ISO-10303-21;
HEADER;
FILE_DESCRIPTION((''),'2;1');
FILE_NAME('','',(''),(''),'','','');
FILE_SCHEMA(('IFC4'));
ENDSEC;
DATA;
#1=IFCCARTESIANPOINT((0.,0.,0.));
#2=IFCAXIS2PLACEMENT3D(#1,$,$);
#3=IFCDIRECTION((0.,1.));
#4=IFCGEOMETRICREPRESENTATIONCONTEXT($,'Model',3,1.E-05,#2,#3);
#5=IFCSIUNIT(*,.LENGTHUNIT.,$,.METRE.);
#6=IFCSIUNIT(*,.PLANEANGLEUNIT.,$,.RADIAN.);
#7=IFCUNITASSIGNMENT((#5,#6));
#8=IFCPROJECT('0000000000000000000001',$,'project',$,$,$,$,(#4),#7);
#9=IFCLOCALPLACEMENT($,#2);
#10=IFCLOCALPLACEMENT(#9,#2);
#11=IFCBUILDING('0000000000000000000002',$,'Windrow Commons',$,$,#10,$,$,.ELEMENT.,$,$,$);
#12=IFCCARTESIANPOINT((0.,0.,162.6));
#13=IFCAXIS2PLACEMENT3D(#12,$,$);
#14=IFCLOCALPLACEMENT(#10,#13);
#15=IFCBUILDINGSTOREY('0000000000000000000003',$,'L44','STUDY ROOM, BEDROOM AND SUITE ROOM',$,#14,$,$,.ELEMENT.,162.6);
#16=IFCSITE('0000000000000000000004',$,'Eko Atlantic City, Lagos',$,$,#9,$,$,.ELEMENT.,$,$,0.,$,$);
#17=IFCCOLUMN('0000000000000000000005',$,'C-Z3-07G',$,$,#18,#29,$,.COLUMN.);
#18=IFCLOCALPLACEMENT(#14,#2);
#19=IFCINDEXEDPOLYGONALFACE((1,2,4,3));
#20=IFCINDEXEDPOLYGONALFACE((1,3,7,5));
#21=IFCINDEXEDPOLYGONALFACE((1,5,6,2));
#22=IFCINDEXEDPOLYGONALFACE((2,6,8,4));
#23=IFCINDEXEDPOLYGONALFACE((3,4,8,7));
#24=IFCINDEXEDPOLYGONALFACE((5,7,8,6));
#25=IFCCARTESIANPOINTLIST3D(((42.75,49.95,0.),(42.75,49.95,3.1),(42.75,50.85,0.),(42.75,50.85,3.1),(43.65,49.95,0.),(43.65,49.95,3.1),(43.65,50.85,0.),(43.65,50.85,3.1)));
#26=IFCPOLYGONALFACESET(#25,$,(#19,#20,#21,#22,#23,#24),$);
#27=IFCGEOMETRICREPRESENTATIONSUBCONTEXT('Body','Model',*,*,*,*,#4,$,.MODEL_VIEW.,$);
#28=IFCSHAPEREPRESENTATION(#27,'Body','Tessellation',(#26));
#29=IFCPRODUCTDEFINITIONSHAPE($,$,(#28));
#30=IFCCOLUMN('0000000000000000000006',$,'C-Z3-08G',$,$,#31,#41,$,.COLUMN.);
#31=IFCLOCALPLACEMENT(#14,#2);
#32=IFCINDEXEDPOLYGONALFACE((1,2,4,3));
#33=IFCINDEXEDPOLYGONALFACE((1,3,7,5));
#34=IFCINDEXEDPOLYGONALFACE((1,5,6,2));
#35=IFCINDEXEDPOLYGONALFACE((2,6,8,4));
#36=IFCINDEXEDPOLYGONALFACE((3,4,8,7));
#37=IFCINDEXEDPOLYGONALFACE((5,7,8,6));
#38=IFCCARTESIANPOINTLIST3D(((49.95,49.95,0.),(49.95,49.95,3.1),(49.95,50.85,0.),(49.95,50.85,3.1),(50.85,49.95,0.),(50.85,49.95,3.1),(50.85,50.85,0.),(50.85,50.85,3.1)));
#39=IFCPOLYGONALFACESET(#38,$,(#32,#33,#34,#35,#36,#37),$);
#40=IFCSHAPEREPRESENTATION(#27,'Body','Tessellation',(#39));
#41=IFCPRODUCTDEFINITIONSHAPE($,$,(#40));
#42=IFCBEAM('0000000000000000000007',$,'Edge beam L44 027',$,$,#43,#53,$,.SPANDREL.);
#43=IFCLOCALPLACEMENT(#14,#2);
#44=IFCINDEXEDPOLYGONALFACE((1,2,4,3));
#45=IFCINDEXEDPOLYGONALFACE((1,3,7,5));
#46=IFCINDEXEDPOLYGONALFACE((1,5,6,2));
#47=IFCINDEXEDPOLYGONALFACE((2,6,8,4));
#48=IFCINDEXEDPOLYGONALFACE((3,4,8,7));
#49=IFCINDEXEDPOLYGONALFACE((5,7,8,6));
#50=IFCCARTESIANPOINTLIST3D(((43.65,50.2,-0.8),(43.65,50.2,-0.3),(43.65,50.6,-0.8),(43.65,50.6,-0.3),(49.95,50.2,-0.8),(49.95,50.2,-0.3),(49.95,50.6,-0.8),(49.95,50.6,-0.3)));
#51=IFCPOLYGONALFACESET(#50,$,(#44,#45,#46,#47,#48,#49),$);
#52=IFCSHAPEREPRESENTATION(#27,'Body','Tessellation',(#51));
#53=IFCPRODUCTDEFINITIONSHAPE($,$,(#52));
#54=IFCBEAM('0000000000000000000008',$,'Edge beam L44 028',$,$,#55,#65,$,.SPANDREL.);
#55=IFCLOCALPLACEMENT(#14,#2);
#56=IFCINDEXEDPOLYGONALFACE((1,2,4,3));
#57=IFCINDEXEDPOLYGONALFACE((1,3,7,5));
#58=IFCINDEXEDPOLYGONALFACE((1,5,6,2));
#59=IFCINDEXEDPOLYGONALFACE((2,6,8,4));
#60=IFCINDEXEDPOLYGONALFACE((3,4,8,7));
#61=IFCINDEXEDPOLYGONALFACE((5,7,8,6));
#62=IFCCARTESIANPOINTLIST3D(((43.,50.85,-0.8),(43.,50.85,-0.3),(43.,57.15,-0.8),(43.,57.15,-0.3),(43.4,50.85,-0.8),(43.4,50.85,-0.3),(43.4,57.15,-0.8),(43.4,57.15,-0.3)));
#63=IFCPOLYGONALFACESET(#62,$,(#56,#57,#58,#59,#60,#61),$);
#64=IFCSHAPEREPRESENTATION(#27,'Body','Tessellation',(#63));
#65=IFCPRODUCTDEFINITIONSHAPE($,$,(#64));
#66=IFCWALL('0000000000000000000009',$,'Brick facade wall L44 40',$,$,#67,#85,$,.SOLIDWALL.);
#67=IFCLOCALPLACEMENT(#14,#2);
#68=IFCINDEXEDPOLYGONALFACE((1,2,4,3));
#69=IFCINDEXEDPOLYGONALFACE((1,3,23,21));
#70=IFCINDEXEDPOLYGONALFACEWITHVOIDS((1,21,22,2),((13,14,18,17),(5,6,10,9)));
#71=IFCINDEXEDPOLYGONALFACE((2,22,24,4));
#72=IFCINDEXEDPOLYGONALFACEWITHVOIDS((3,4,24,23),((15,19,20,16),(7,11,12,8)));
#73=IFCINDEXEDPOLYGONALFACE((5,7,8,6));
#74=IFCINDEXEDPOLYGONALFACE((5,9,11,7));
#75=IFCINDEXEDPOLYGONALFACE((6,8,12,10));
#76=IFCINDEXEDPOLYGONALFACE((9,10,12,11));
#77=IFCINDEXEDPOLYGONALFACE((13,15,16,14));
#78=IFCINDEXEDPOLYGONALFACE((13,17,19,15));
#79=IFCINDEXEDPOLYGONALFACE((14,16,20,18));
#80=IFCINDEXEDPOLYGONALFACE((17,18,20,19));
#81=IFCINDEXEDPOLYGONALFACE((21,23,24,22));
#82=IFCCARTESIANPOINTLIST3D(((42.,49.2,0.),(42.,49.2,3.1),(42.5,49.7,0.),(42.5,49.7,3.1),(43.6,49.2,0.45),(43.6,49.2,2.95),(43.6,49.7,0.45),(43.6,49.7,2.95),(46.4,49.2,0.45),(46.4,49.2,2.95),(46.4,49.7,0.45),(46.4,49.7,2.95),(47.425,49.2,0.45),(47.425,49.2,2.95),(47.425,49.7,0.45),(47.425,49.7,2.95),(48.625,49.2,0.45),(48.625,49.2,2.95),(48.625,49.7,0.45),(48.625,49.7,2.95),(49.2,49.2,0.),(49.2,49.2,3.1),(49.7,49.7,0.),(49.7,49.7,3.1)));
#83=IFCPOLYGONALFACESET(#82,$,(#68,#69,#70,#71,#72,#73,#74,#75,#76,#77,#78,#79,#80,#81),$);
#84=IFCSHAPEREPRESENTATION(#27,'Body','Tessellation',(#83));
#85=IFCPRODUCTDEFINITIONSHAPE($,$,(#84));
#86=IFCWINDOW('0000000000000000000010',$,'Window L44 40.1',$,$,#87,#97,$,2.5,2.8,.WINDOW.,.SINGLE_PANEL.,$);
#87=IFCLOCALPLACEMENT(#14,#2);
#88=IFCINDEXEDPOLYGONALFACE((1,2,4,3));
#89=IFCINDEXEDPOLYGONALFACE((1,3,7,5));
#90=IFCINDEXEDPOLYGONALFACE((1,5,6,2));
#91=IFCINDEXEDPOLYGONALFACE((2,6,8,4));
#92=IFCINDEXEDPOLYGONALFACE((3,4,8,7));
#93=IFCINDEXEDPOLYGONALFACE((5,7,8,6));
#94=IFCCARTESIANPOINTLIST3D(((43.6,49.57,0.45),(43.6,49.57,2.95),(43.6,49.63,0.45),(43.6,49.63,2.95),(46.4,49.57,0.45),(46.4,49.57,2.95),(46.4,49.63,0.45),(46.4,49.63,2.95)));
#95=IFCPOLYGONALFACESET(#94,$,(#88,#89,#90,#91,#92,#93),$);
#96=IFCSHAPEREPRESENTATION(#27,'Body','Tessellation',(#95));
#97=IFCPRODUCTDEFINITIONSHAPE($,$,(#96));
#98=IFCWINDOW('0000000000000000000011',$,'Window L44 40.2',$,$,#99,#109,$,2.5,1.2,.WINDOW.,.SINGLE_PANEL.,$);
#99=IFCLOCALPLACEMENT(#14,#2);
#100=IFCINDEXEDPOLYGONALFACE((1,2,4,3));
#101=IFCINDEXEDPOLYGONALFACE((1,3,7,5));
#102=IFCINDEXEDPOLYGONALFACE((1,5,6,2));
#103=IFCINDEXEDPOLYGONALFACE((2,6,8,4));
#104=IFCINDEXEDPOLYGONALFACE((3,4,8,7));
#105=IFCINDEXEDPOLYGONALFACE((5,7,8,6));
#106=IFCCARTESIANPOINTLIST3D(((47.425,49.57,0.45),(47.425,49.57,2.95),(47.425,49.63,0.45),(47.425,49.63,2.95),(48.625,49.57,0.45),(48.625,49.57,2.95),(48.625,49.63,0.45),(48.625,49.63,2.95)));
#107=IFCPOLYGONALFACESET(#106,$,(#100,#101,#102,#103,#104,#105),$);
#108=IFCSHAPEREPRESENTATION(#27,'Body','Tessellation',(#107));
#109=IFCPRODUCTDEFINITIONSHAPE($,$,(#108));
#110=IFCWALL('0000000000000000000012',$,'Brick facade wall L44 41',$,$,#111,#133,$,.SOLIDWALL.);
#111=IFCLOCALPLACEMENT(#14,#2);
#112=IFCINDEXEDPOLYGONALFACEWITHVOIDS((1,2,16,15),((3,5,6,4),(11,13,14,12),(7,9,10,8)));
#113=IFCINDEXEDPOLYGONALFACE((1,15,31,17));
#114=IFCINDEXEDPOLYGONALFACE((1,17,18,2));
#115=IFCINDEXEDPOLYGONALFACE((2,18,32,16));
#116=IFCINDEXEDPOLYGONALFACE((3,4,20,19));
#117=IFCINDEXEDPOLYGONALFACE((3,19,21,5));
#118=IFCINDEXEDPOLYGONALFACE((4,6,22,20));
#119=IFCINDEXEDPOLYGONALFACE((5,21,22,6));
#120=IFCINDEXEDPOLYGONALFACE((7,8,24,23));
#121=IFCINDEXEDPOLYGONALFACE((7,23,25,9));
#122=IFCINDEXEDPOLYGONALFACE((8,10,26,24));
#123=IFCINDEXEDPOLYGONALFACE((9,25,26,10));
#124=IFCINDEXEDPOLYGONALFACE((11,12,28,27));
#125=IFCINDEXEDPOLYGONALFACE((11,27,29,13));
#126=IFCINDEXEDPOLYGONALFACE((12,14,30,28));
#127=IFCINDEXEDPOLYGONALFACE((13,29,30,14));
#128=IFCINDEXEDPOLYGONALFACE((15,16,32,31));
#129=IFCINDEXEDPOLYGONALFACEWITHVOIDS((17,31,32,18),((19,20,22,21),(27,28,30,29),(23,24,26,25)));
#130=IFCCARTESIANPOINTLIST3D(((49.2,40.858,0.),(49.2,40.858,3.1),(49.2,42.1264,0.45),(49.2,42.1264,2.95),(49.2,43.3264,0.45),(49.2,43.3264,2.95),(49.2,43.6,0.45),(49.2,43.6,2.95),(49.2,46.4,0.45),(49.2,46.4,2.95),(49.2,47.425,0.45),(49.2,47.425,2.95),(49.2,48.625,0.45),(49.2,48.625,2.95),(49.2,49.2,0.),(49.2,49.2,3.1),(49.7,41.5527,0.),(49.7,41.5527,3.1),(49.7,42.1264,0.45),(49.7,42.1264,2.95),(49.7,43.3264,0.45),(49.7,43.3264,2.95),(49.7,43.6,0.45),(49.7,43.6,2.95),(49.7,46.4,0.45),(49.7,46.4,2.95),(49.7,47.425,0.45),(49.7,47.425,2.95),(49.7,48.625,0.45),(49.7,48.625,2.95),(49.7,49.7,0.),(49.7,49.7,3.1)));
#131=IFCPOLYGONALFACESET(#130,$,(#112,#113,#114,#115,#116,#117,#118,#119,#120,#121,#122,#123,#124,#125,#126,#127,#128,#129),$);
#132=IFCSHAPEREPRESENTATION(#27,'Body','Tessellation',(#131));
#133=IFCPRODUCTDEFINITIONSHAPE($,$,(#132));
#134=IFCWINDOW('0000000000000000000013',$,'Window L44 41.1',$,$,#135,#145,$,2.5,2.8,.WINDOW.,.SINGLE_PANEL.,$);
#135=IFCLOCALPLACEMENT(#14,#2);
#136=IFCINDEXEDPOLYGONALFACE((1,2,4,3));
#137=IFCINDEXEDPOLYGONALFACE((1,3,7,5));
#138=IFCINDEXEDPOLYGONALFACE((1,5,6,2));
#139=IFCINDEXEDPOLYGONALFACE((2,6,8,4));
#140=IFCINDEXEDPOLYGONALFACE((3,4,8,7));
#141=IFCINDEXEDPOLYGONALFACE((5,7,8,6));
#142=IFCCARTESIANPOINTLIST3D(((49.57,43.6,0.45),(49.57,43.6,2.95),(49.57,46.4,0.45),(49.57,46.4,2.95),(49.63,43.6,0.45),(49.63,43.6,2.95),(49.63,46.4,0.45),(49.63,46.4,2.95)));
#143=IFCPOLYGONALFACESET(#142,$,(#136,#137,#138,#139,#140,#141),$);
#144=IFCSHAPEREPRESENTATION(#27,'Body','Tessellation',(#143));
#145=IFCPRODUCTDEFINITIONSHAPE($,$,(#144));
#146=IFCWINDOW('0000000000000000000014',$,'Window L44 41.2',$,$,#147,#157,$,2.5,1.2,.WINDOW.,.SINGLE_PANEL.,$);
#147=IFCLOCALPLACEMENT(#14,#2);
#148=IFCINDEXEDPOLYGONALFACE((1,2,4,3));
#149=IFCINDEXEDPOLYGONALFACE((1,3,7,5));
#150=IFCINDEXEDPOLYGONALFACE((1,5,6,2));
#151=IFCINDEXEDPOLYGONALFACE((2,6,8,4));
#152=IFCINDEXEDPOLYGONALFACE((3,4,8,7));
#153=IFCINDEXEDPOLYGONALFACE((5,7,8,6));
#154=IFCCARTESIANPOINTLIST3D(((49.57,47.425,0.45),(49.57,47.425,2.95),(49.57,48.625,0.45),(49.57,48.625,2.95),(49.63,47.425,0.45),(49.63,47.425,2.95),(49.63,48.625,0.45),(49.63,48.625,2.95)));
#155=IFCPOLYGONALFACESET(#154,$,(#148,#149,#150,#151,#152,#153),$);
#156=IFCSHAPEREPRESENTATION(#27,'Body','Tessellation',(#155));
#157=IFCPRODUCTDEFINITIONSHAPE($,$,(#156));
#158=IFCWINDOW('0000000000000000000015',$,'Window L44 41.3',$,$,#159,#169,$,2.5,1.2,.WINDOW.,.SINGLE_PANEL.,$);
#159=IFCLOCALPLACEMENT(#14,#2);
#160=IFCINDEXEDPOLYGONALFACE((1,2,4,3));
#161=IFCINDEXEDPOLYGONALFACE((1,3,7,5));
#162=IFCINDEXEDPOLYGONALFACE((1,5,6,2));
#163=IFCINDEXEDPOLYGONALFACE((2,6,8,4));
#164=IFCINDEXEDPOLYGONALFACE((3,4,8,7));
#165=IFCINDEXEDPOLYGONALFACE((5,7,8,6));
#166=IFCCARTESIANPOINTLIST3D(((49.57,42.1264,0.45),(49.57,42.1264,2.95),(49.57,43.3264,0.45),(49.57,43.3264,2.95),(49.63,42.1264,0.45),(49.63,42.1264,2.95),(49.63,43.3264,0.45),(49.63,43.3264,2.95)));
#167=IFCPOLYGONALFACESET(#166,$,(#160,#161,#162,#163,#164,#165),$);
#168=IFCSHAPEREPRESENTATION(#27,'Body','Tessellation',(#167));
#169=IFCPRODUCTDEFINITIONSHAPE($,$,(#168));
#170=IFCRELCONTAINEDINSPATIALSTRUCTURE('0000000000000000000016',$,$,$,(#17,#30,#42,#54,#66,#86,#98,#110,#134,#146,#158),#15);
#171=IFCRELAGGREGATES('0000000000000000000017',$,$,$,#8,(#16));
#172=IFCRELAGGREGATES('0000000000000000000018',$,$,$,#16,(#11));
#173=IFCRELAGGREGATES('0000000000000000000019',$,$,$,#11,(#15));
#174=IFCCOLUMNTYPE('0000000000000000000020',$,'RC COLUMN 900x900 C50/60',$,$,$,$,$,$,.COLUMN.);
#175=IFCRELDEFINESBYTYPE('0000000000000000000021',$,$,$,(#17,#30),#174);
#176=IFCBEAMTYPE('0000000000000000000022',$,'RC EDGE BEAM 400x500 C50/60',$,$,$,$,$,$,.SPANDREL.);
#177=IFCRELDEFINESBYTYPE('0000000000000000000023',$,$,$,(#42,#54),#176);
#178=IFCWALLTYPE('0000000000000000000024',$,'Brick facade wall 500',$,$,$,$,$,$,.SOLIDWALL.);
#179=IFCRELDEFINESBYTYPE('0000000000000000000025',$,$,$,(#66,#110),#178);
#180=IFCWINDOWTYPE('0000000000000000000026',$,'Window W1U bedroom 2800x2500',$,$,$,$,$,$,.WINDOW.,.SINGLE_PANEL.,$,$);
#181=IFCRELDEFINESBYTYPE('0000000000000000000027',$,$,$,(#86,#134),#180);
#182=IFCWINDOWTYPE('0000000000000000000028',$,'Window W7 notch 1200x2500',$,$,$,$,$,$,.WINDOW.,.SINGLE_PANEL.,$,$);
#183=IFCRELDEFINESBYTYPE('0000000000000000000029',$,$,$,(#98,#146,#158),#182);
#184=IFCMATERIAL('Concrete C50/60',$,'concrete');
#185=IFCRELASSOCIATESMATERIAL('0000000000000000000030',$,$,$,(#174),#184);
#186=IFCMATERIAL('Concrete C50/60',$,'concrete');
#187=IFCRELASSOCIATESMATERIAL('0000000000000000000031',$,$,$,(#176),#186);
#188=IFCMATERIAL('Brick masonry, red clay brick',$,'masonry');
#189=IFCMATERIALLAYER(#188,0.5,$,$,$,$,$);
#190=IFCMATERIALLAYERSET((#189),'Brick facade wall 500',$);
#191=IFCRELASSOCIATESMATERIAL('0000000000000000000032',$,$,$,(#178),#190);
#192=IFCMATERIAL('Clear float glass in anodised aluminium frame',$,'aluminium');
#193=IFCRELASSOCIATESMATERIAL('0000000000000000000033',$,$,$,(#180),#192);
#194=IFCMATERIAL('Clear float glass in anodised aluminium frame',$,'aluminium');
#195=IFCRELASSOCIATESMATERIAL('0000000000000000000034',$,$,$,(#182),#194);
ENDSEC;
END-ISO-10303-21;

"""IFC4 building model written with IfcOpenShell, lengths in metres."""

from ifc_helpers import new_model, si_unit, direction, frame, frame_2d, origin, origin_2d, place, context, subcontext, project, spatial, polyline, rectangle, outline, extrude, material, layer, layer_set, material_profile, profile_set, type_object, element, fill, save


model = new_model("IFC4")

# Units and contexts
model_context = context("Model", 3, precision=1e-05, world=origin(), true_north=direction((0.0, 1.0)))
body_context = subcontext(model_context, "Body", "Model", "MODEL_VIEW")
ifc_project = project(units=[si_unit("LENGTHUNIT", "METRE"), si_unit("PLANEANGLEUNIT", "RADIAN")], contexts=[model_context])

# Site, building, storey
site_placement = place(None, origin())
site = spatial("IfcSite", under=ifc_project, at=site_placement, Name="Eko Atlantic City, Lagos", CompositionType="ELEMENT", RefElevation=0.0)
building_placement = place(site_placement, origin())
building = spatial("IfcBuilding", under=site, at=building_placement, Name="Windrow Commons", CompositionType="ELEMENT")
storey_placement = place(building_placement, frame((0.0, 0.0, 162.6)))
storey = spatial("IfcBuildingStorey", under=building, at=storey_placement, Name="L44", Description="STUDY ROOM, BEDROOM AND SUITE ROOM", CompositionType="ELEMENT", Elevation=162.6)

# Columns
ifc_material_1 = material(Name="Concrete C50/60", Category="concrete")
ifc_material_profile_1 = material_profile(ifc_material_1, rectangle(XDim=0.9, YDim=0.9, at=origin_2d()))
ifc_profile_set_1 = profile_set([ifc_material_profile_1], Name="Concrete C50/60")
column_type = type_object("IfcColumnType", Name="RC COLUMN 900x900 C50/60", PredefinedType="COLUMN", material=ifc_profile_set_1)
for number, where, z_axis, x_axis, name in (
    (1, (43.2, 50.4, 0.0), (0.0, 0.0, 1.0), (1.0, 0.0, 0.0), "C-Z3-07G"),
    (2, (50.4, 50.4, 0.0), (0.0, 0.0, 1.0), (1.0, 0.0, 0.0), "C-Z3-08G"),
):
    element("IfcColumn", number, at=place(storey_placement, frame(where, z_axis=z_axis, x_axis=x_axis)), inside=storey, type_object=column_type, Name=name, PredefinedType="COLUMN", context=body_context, shape_type="SweptSolid", body=[
        extrude(rectangle(XDim=0.9, YDim=0.9, at=origin_2d()), origin(), (0.0, 0.0, 1.0), 3.1),
    ])

# Beams
ifc_material_2 = material(Name="Concrete C50/60", Category="concrete")
ifc_material_profile_2 = material_profile(ifc_material_2, rectangle(XDim=0.4, YDim=0.5, at=origin_2d()))
ifc_profile_set_2 = profile_set([ifc_material_profile_2], Name="Concrete C50/60")
beam_type = type_object("IfcBeamType", Name="RC EDGE BEAM 400x500 C50/60", PredefinedType="SPANDREL", material=ifc_profile_set_2)
for number, where, z_axis, x_axis, name in (
    (3, (49.95, 50.4, -0.55), (-1.0, 0.0, 0.0), (0.0, -1.0, 0.0), "Edge beam L44 027"),
    (4, (43.2, 50.85, -0.55), (0.0, 1.0, 0.0), (-1.0, 0.0, 0.0), "Edge beam L44 028"),
):
    element("IfcBeam", number, at=place(storey_placement, frame(where, z_axis=z_axis, x_axis=x_axis)), inside=storey, type_object=beam_type, Name=name, PredefinedType="SPANDREL", context=body_context, shape_type="SweptSolid", body=[
        extrude(rectangle(XDim=0.4, YDim=0.5, at=origin_2d()), origin(), (0.0, 0.0, 1.0), 6.3),
    ])

# Walls, openings, windows
ifc_material_3 = material(Name="Brick masonry, red clay brick", Category="masonry")
ifc_layer_1 = layer(ifc_material_3, 0.5)
ifc_layer_set_1 = layer_set([ifc_layer_1], Name="Brick facade wall 500")
wall_type_1 = type_object("IfcWallType", Name="Brick facade wall 500", PredefinedType="SOLIDWALL", material=ifc_layer_set_1)
wall_1_placement = place(storey_placement, frame((42.25, 49.45, 0.0), z_axis=(0.0, 0.0, 1.0), x_axis=(1.0, 0.0, 0.0)))
wall_1 = element("IfcWall", 5, at=wall_1_placement, inside=storey, type_object=wall_type_1, Name="Brick facade wall L44 40", PredefinedType="SOLIDWALL", context=body_context, shape_type="SweptSolid", body=[
    extrude(outline(polyline([(-0.25, -0.25), (6.95, -0.25), (7.45, 0.25), (0.25, 0.25), (-0.25, -0.25)])), origin(), (0.0, 0.0, 1.0), 3.1),
])
opening_1_placement = place(wall_1_placement, frame((1.35, 0.0, 0.45)))
opening_1 = element("IfcOpeningElement", 6, at=opening_1_placement, cuts=wall_1, PredefinedType="OPENING", context=body_context, shape_type="SweptSolid", body=[
    extrude(rectangle(XDim=2.8, YDim=2.5, at=frame_2d((1.4, 1.25))), frame((0.0, 0.26, 0.0), z_axis=(0.0, -1.0, 0.0), x_axis=(1.0, 0.0, 0.0)), (0.0, 0.0, 1.0), 0.52),
])
opening_2_placement = place(wall_1_placement, frame((5.175, 0.0, 0.45)))
opening_2 = element("IfcOpeningElement", 7, at=opening_2_placement, cuts=wall_1, PredefinedType="OPENING", context=body_context, shape_type="SweptSolid", body=[
    extrude(rectangle(XDim=1.2, YDim=2.5, at=frame_2d((0.6, 1.25))), frame((0.0, 0.26, 0.0), z_axis=(0.0, -1.0, 0.0), x_axis=(1.0, 0.0, 0.0)), (0.0, 0.0, 1.0), 0.52),
])
ifc_material_4 = material(Name="Clear float glass in anodised aluminium frame", Category="aluminium")
window_type_1 = type_object("IfcWindowType", Name="Window W1U bedroom 2800x2500", PartitioningType="SINGLE_PANEL", PredefinedType="WINDOW", material=ifc_material_4)
window_1_placement = place(opening_1_placement, origin())
window_1 = element("IfcWindow", 8, at=window_1_placement, inside=storey, type_object=window_type_1, Name="Window L44 40.1", OverallHeight=2.5, OverallWidth=2.8, PartitioningType="SINGLE_PANEL", PredefinedType="WINDOW", context=body_context, shape_type="SweptSolid", body=[
    extrude(rectangle(XDim=2.8, YDim=2.5, at=frame_2d((1.4, 1.25))), frame((0.0, 0.18, 0.0), z_axis=(0.0, -1.0, 0.0), x_axis=(1.0, 0.0, 0.0)), (0.0, 0.0, 1.0), 0.06),
])
fill(opening_1, window_1)
ifc_material_5 = material(Name="Clear float glass in anodised aluminium frame", Category="aluminium")
window_type_2 = type_object("IfcWindowType", Name="Window W7 notch 1200x2500", PartitioningType="SINGLE_PANEL", PredefinedType="WINDOW", material=ifc_material_5)
window_2_placement = place(opening_2_placement, origin())
window_2 = element("IfcWindow", 9, at=window_2_placement, inside=storey, type_object=window_type_2, Name="Window L44 40.2", OverallHeight=2.5, OverallWidth=1.2, PartitioningType="SINGLE_PANEL", PredefinedType="WINDOW", context=body_context, shape_type="SweptSolid", body=[
    extrude(rectangle(XDim=1.2, YDim=2.5, at=frame_2d((0.6, 1.25))), frame((0.0, 0.18, 0.0), z_axis=(0.0, -1.0, 0.0), x_axis=(1.0, 0.0, 0.0)), (0.0, 0.0, 1.0), 0.06),
])
fill(opening_2, window_2)
wall_2_placement = place(storey_placement, frame((49.45, 49.45, 0.0), z_axis=(0.0, 0.0, 1.0), x_axis=(0.0, -1.0, 0.0)))
wall_2 = element("IfcWall", 10, at=wall_2_placement, inside=storey, type_object=wall_type_1, Name="Brick facade wall L44 41", PredefinedType="SOLIDWALL", context=body_context, shape_type="SweptSolid", body=[
    extrude(outline(polyline([(0.25, -0.25), (8.592, -0.25), (7.8973, 0.25), (-0.25, 0.25), (0.25, -0.25)])), origin(), (0.0, 0.0, 1.0), 3.1),
])
opening_3_placement = place(wall_2_placement, frame((3.05, 0.0, 0.45)))
opening_3 = element("IfcOpeningElement", 11, at=opening_3_placement, cuts=wall_2, PredefinedType="OPENING", context=body_context, shape_type="SweptSolid", body=[
    extrude(rectangle(XDim=2.8, YDim=2.5, at=frame_2d((1.4, 1.25))), frame((0.0, 0.26, 0.0), z_axis=(0.0, -1.0, 0.0), x_axis=(1.0, 0.0, 0.0)), (0.0, 0.0, 1.0), 0.52),
])
opening_4_placement = place(wall_2_placement, frame((0.825, 0.0, 0.45)))
opening_4 = element("IfcOpeningElement", 12, at=opening_4_placement, cuts=wall_2, PredefinedType="OPENING", context=body_context, shape_type="SweptSolid", body=[
    extrude(rectangle(XDim=1.2, YDim=2.5, at=frame_2d((0.6, 1.25))), frame((0.0, 0.26, 0.0), z_axis=(0.0, -1.0, 0.0), x_axis=(1.0, 0.0, 0.0)), (0.0, 0.0, 1.0), 0.52),
])
opening_5_placement = place(wall_2_placement, frame((6.1236, 0.0, 0.45)))
opening_5 = element("IfcOpeningElement", 13, at=opening_5_placement, cuts=wall_2, PredefinedType="OPENING", context=body_context, shape_type="SweptSolid", body=[
    extrude(rectangle(XDim=1.2, YDim=2.5, at=frame_2d((0.6, 1.25))), frame((0.0, 0.26, 0.0), z_axis=(0.0, -1.0, 0.0), x_axis=(1.0, 0.0, 0.0)), (0.0, 0.0, 1.0), 0.52),
])
window_3_placement = place(opening_3_placement, origin())
window_3 = element("IfcWindow", 14, at=window_3_placement, inside=storey, type_object=window_type_1, Name="Window L44 41.1", OverallHeight=2.5, OverallWidth=2.8, PartitioningType="SINGLE_PANEL", PredefinedType="WINDOW", context=body_context, shape_type="SweptSolid", body=[
    extrude(rectangle(XDim=2.8, YDim=2.5, at=frame_2d((1.4, 1.25))), frame((0.0, 0.18, 0.0), z_axis=(0.0, -1.0, 0.0), x_axis=(1.0, 0.0, 0.0)), (0.0, 0.0, 1.0), 0.06),
])
fill(opening_3, window_3)
window_4_placement = place(opening_4_placement, origin())
window_4 = element("IfcWindow", 15, at=window_4_placement, inside=storey, type_object=window_type_2, Name="Window L44 41.2", OverallHeight=2.5, OverallWidth=1.2, PartitioningType="SINGLE_PANEL", PredefinedType="WINDOW", context=body_context, shape_type="SweptSolid", body=[
    extrude(rectangle(XDim=1.2, YDim=2.5, at=frame_2d((0.6, 1.25))), frame((0.0, 0.18, 0.0), z_axis=(0.0, -1.0, 0.0), x_axis=(1.0, 0.0, 0.0)), (0.0, 0.0, 1.0), 0.06),
])
fill(opening_4, window_4)
window_5_placement = place(opening_5_placement, origin())
window_5 = element("IfcWindow", 16, at=window_5_placement, inside=storey, type_object=window_type_2, Name="Window L44 41.3", OverallHeight=2.5, OverallWidth=1.2, PartitioningType="SINGLE_PANEL", PredefinedType="WINDOW", context=body_context, shape_type="SweptSolid", body=[
    extrude(rectangle(XDim=1.2, YDim=2.5, at=frame_2d((0.6, 1.25))), frame((0.0, 0.18, 0.0), z_axis=(0.0, -1.0, 0.0), x_axis=(1.0, 0.0, 0.0)), (0.0, 0.0, 1.0), 0.06),
])
fill(opening_5, window_5)

save(model, "model.ifc")
